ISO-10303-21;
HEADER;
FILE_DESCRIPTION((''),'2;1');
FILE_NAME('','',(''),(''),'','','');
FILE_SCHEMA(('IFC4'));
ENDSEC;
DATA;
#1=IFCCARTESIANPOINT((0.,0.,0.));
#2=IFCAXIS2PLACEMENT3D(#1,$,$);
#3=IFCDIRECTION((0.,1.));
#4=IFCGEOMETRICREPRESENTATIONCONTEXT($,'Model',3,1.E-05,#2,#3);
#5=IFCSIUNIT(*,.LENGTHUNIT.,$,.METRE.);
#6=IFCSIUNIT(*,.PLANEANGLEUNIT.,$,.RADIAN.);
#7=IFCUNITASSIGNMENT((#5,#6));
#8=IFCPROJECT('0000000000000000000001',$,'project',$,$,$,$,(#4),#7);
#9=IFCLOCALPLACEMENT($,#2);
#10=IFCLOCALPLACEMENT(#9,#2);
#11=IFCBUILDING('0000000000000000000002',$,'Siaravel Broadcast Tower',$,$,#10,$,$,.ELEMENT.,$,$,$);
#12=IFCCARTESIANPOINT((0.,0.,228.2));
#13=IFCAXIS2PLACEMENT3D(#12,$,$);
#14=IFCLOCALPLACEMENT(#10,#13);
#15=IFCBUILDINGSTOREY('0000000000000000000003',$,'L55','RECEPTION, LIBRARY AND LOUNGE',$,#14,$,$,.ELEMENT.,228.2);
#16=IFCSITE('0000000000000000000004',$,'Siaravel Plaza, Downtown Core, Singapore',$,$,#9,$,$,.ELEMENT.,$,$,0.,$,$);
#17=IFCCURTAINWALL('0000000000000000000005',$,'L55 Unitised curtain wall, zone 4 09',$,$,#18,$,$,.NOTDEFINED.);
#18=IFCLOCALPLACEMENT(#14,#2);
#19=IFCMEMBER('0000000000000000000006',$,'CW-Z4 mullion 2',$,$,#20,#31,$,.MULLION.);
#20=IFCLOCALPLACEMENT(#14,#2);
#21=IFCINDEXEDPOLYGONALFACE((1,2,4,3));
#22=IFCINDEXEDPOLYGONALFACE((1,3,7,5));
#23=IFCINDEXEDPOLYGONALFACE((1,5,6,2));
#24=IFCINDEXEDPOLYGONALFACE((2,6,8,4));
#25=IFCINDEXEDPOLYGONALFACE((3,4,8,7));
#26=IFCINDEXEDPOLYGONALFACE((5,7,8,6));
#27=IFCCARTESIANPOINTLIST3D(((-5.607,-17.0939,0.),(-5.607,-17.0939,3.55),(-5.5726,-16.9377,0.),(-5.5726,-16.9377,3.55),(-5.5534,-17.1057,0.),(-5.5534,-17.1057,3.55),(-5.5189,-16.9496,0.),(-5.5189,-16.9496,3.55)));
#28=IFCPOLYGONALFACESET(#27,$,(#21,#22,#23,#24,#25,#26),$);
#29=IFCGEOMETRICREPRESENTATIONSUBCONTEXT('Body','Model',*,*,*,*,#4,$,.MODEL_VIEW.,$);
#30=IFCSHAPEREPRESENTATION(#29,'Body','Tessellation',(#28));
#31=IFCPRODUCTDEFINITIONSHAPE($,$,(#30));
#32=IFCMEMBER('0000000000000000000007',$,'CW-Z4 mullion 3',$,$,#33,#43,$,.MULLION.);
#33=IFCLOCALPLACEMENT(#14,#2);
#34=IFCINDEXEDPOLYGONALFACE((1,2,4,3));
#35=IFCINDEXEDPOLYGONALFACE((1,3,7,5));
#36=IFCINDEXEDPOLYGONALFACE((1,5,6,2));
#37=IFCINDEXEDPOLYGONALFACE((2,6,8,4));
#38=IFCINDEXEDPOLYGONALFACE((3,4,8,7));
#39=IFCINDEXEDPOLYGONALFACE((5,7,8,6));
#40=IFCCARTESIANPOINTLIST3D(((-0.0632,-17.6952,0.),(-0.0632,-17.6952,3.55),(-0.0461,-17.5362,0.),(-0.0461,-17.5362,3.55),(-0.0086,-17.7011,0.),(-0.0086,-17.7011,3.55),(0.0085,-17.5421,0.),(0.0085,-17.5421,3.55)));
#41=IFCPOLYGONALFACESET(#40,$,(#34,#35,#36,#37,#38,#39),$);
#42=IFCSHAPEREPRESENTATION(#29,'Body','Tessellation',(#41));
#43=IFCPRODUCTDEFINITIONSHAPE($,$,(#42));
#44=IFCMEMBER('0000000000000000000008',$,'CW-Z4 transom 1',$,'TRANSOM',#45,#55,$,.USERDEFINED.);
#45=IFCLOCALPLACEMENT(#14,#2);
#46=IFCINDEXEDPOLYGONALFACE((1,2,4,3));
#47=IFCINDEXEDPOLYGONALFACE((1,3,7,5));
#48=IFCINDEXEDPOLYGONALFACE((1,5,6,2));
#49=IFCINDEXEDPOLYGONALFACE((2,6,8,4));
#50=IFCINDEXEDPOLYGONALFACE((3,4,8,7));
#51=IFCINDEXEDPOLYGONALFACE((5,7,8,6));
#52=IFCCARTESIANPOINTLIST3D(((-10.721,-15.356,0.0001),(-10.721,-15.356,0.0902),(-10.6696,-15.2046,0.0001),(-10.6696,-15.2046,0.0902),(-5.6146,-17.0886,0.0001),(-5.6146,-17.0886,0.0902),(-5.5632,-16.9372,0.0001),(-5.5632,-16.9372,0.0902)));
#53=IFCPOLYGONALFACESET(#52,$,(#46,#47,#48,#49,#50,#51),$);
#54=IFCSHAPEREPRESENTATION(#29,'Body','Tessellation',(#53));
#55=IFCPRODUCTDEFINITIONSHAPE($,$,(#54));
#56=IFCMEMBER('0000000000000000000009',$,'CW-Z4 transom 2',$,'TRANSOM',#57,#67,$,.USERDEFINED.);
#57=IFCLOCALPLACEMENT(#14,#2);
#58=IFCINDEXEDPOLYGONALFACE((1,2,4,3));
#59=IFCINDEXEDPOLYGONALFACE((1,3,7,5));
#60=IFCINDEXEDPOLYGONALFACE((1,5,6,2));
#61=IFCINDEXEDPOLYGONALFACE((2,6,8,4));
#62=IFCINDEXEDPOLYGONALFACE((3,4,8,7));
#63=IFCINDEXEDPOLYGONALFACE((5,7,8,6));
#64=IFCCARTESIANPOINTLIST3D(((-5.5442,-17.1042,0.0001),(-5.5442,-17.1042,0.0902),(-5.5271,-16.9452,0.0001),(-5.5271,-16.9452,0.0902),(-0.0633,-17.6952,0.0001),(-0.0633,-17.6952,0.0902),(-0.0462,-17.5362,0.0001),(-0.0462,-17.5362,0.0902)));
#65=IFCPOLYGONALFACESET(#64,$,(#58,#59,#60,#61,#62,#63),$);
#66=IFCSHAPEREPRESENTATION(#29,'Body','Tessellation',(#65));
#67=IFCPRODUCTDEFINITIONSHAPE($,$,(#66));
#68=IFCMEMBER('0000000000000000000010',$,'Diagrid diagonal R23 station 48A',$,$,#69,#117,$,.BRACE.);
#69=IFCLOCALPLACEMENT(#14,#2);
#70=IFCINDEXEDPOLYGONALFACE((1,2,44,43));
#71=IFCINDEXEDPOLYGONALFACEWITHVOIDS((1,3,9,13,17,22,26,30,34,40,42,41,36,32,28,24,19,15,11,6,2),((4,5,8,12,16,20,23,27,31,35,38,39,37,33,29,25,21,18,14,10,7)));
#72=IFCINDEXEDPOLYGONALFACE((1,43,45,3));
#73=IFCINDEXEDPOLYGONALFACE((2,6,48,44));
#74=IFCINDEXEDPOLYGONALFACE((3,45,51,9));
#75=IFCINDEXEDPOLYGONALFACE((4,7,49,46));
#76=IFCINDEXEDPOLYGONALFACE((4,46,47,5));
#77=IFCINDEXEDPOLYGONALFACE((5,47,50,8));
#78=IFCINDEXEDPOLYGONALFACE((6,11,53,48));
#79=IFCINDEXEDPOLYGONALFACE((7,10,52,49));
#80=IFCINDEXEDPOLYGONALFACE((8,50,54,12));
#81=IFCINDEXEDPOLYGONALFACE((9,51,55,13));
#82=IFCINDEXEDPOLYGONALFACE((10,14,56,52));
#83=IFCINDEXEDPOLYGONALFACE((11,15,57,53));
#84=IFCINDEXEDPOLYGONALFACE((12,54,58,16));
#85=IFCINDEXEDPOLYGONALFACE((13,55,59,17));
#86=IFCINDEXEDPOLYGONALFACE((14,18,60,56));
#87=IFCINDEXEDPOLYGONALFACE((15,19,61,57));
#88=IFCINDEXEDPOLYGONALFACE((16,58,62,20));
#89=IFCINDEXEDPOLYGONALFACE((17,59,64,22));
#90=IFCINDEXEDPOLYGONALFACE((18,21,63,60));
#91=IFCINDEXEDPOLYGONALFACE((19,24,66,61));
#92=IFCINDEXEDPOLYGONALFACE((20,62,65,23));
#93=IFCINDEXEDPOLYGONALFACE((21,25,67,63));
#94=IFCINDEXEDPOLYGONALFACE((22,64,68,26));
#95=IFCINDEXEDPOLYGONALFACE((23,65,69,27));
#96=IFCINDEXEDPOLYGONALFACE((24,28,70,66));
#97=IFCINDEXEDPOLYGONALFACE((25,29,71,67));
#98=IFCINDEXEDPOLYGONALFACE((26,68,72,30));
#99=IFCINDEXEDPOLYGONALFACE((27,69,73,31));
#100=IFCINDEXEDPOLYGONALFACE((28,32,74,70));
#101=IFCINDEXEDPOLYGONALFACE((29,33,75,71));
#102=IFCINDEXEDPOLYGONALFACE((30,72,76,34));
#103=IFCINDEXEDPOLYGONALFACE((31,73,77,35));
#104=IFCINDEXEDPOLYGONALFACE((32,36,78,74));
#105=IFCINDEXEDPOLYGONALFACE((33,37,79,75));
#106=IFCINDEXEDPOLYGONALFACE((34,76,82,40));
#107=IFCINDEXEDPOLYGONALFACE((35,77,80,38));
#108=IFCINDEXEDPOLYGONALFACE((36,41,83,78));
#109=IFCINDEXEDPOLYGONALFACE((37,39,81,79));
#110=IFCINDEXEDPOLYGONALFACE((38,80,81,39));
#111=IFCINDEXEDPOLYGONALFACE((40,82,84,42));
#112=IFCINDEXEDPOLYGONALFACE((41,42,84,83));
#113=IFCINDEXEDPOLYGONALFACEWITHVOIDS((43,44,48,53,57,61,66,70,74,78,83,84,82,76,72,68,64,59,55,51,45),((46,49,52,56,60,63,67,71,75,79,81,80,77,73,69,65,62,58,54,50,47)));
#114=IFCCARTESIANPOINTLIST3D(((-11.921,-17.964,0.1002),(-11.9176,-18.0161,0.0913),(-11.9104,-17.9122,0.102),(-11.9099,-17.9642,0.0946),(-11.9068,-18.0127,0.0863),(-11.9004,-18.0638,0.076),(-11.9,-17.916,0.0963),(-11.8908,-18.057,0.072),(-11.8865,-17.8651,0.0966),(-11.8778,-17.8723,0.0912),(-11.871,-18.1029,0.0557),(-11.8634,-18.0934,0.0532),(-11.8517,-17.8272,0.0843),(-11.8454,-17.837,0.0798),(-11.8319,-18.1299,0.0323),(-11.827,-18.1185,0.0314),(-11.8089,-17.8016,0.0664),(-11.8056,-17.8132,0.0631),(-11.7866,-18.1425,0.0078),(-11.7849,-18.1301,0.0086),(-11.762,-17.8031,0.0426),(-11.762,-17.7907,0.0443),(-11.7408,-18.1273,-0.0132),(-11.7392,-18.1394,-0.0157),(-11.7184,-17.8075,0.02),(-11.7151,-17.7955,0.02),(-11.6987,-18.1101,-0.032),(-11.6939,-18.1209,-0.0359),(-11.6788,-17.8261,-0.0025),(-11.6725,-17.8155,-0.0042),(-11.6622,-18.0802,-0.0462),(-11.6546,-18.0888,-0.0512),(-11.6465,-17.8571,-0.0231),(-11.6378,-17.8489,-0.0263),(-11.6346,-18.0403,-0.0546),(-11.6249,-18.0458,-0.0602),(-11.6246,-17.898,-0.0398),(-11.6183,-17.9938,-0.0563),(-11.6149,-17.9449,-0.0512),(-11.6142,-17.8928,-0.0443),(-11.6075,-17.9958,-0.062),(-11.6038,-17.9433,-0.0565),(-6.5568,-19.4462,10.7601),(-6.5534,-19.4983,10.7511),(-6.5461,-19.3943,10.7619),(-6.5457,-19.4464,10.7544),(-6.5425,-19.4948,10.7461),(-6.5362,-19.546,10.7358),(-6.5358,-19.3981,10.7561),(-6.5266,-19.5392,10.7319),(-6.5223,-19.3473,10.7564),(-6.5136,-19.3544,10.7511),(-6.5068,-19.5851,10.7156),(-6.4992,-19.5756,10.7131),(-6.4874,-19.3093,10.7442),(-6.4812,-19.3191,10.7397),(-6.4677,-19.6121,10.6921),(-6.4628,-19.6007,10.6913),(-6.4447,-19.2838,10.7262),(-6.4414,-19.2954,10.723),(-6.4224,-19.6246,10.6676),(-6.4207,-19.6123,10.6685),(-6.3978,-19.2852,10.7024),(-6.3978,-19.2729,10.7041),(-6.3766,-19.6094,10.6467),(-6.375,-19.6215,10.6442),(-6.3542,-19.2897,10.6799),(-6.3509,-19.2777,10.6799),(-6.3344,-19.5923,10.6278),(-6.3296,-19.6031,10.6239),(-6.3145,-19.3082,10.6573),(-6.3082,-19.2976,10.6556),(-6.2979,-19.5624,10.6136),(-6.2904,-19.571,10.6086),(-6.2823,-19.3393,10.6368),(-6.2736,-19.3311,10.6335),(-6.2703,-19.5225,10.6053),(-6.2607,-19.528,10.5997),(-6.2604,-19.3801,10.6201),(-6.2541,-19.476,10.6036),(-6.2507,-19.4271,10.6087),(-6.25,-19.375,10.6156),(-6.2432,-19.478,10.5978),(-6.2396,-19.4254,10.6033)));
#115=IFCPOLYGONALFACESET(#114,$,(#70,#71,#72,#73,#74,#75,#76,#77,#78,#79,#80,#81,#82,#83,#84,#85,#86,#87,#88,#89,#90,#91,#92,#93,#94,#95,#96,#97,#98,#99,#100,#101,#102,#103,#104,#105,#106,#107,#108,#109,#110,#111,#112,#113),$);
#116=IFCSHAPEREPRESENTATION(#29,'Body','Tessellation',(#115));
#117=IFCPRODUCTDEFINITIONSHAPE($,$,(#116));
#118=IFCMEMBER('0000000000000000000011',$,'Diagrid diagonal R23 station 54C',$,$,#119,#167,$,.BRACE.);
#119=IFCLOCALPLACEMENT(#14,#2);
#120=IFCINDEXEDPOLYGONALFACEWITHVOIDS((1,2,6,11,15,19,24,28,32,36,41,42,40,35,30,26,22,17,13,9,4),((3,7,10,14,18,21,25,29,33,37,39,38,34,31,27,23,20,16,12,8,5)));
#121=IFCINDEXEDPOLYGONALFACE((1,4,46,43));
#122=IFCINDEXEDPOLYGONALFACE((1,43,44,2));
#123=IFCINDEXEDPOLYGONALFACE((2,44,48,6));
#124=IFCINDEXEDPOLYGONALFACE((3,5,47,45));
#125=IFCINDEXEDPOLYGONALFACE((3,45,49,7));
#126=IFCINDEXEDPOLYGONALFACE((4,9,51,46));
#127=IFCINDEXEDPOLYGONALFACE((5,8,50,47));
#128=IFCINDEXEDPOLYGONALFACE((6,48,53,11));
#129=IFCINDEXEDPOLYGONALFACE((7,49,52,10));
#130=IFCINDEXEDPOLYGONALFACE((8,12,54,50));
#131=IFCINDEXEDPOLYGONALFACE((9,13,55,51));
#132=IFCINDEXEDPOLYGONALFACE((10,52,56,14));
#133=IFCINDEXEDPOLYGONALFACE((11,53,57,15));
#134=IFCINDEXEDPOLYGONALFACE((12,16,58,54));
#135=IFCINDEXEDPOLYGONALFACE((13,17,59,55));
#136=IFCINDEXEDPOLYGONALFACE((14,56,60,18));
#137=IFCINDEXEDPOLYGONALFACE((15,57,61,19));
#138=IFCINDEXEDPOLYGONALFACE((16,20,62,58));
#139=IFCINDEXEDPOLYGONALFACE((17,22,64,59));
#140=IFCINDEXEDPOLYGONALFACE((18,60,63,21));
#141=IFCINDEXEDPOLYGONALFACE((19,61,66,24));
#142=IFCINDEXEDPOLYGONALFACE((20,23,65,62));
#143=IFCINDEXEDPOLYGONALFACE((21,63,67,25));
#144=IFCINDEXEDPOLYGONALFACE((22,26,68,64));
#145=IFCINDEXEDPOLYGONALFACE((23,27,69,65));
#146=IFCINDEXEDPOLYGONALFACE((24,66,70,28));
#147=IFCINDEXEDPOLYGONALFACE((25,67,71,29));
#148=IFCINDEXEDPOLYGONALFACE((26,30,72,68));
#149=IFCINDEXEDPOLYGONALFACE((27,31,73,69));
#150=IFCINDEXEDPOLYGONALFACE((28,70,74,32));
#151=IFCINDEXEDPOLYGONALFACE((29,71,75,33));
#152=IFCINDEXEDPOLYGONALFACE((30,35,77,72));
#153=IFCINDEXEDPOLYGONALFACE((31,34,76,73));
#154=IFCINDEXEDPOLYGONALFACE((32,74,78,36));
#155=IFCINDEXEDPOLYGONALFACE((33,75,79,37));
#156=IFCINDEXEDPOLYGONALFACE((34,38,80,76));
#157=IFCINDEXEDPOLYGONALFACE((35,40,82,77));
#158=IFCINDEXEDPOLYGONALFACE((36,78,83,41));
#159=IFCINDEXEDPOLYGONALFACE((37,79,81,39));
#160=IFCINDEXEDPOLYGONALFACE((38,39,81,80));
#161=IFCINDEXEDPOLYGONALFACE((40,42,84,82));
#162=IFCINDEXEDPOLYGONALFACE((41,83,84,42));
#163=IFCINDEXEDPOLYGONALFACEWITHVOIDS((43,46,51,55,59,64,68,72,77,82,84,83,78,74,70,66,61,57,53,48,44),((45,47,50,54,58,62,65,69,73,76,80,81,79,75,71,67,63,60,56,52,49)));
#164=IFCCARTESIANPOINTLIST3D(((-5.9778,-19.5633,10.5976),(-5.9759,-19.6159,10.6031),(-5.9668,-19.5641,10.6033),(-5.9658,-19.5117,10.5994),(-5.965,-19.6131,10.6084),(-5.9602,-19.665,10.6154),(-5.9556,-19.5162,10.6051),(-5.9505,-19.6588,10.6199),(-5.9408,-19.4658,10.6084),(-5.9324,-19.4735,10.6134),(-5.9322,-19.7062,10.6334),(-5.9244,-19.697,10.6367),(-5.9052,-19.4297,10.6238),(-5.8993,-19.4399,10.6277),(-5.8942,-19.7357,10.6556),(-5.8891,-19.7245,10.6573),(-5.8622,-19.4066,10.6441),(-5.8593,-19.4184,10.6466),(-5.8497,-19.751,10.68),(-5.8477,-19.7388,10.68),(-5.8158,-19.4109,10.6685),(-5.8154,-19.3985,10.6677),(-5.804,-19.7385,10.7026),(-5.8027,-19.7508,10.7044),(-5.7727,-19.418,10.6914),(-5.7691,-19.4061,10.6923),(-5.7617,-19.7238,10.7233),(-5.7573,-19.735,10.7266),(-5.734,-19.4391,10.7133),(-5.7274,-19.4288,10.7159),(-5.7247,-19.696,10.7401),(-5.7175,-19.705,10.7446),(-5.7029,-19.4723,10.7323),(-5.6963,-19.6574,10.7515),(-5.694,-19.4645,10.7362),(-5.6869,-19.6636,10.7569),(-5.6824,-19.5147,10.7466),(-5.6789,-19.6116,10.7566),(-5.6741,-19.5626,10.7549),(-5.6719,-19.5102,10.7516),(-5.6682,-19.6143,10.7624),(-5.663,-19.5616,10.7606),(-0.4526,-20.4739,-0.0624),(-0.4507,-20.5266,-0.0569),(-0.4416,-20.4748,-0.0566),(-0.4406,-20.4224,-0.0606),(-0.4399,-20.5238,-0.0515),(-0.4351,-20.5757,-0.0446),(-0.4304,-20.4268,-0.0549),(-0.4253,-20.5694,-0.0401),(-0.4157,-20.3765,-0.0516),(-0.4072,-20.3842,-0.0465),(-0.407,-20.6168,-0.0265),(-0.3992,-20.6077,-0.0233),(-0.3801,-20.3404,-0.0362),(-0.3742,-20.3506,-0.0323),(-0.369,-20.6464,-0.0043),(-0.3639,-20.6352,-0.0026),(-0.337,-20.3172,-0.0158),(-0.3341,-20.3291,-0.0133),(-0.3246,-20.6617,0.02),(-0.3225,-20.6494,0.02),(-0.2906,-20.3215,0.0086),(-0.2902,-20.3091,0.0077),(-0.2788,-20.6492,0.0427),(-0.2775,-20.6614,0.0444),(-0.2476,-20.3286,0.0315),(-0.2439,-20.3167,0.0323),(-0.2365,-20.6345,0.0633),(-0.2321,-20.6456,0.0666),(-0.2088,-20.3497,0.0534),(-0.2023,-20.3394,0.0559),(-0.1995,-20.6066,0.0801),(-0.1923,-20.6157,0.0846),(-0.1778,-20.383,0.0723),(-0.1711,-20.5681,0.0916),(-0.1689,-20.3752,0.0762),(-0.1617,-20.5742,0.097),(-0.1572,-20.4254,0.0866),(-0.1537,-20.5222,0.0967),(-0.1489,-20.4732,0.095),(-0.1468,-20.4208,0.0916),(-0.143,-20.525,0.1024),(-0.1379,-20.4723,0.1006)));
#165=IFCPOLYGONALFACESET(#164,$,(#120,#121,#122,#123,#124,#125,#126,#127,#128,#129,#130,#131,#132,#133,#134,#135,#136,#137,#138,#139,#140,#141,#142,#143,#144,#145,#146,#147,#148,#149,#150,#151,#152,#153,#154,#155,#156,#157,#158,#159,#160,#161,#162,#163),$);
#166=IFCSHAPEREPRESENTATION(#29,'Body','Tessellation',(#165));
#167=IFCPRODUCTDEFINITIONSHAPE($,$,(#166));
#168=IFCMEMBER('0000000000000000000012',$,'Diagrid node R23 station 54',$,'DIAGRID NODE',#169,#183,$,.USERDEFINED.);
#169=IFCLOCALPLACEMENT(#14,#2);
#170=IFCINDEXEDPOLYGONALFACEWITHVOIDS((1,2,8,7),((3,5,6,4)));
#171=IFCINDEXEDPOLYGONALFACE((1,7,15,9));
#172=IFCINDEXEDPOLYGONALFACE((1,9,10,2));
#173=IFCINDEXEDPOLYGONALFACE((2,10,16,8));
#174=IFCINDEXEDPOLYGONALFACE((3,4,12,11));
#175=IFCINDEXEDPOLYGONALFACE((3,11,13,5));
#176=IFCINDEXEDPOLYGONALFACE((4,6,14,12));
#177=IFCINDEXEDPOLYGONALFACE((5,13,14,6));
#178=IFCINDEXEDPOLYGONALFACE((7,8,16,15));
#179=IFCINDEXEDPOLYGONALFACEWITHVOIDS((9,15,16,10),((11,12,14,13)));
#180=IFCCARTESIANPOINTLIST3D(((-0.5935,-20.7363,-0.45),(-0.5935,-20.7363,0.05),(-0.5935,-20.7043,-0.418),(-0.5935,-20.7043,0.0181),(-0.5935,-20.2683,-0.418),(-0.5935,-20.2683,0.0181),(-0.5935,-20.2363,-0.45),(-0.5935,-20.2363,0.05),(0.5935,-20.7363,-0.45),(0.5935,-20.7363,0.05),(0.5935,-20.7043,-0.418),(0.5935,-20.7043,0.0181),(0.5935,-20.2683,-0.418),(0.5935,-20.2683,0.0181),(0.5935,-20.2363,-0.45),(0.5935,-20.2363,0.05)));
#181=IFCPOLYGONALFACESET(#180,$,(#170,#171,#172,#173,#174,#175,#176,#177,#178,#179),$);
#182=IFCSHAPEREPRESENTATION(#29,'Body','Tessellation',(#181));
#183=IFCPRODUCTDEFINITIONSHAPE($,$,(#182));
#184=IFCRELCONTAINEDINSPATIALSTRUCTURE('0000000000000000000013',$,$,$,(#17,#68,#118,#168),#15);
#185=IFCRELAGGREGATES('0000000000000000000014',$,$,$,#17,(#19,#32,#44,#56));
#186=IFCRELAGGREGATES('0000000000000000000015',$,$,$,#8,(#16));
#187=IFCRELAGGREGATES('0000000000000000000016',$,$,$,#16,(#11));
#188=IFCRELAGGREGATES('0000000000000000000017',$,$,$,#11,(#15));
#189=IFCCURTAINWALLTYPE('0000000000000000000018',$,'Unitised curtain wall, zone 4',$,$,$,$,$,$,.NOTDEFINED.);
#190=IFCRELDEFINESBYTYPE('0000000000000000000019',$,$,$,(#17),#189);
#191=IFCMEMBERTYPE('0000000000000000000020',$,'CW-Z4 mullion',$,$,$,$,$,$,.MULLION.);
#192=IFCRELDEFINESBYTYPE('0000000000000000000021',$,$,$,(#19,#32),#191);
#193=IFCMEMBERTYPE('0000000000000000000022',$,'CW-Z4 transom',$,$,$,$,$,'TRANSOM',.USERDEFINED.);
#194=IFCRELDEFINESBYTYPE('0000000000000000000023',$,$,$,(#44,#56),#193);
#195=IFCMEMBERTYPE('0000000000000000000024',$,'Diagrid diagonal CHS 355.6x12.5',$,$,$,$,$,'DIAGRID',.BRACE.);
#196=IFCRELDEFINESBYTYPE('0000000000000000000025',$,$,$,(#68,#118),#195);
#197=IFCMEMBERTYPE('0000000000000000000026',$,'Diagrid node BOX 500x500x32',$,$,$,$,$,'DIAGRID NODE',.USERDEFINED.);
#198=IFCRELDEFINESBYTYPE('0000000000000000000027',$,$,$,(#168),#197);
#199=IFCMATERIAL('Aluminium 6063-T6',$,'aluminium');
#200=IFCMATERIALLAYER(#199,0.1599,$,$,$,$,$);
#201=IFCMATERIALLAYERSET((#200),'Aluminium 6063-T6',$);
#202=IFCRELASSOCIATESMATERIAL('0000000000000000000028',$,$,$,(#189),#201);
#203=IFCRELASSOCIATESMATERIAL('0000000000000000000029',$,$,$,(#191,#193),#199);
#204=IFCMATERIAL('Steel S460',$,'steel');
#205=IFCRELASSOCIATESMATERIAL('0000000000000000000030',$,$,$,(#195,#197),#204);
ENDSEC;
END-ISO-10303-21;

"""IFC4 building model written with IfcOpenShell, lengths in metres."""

from ifc_helpers import new_model, si_unit, direction, frame, origin, origin_2d, place, context, subcontext, project, spatial, rectangle, hollow_rectangle, hollow_circle, extrude, material, layer, layer_set, material_profile, profile_set, type_object, element, aggregate, save


model = new_model("IFC4")

# Units and contexts
model_context = context("Model", 3, precision=1e-05, world=origin(), true_north=direction((0.0, 1.0)))
body_context = subcontext(model_context, "Body", "Model", "MODEL_VIEW")
ifc_project = project(units=[si_unit("LENGTHUNIT", "METRE"), si_unit("PLANEANGLEUNIT", "RADIAN")], contexts=[model_context])

# Site, building, storey
site_placement = place(None, origin())
site = spatial("IfcSite", under=ifc_project, at=site_placement, Name="Siaravel Plaza, Downtown Core, Singapore", CompositionType="ELEMENT", RefElevation=0.0)
building_placement = place(site_placement, origin())
building = spatial("IfcBuilding", under=site, at=building_placement, Name="Siaravel Broadcast Tower", CompositionType="ELEMENT")
storey_placement = place(building_placement, frame((0.0, 0.0, 228.2)))
storey = spatial("IfcBuildingStorey", under=building, at=storey_placement, Name="L55", Description="RECEPTION, LIBRARY AND LOUNGE", CompositionType="ELEMENT", Elevation=228.2)

# Curtain wall, members
ifc_material_1 = material(Name="Aluminium 6063-T6", Category="aluminium")
ifc_layer_1 = layer(ifc_material_1, 0.1599)
ifc_layer_set_1 = layer_set([ifc_layer_1], Name="Aluminium 6063-T6")
curtain_wall_type = type_object("IfcCurtainWallType", Name="Unitised curtain wall, zone 4", PredefinedType="NOTDEFINED", material=ifc_layer_set_1)
curtain_wall_placement = place(storey_placement, origin())
curtain_wall = element("IfcCurtainWall", 1, at=curtain_wall_placement, inside=storey, type_object=curtain_wall_type, Name="L55 Unitised curtain wall, zone 4 09", PredefinedType="NOTDEFINED")
ifc_material_profile_1 = material_profile(ifc_material_1, rectangle(XDim=0.1599, YDim=0.0549, at=origin_2d()))
ifc_profile_set_1 = profile_set([ifc_material_profile_1], Name="Aluminium 6063-T6")
member_type_1 = type_object("IfcMemberType", Name="CW-Z4 mullion", PredefinedType="MULLION", material=ifc_profile_set_1)
member_1_placement = place(storey_placement, frame((-5.563, -17.0217, 0.0), z_axis=(0.0, 0.0, 1.0), x_axis=(0.215559, 0.976491, 0.0)))
member_1 = element("IfcMember", 2, at=member_1_placement, type_object=member_type_1, Name="CW-Z4 mullion 2", PredefinedType="MULLION", context=body_context, shape_type="SweptSolid", body=[
    extrude(rectangle(XDim=0.1599, YDim=0.0549, at=origin_2d()), origin(), (0.0, 0.0, 1.0), 3.55),
])
member_2_placement = place(storey_placement, frame((-0.0273, -17.6187, 0.0), z_axis=(0.0, 0.0, 1.0), x_axis=(0.107218, 0.994236, 0.0)))
member_2 = element("IfcMember", 3, at=member_2_placement, type_object=member_type_1, Name="CW-Z4 mullion 3", PredefinedType="MULLION", context=body_context, shape_type="SweptSolid", body=[
    extrude(rectangle(XDim=0.1599, YDim=0.0549, at=origin_2d()), origin(), (0.0, 0.0, 1.0), 3.55),
])
ifc_material_profile_2 = material_profile(ifc_material_1, rectangle(XDim=0.1599, YDim=0.0901, at=origin_2d()))
ifc_profile_set_2 = profile_set([ifc_material_profile_2], Name="Aluminium 6063-T6")
member_type_2 = type_object("IfcMemberType", Name="CW-Z4 transom", ElementType="TRANSOM", PredefinedType="USERDEFINED", material=ifc_profile_set_2)
member_3_placement = place(storey_placement, frame((-10.6953, -15.2803, 0.0452), z_axis=(0.946972, -0.321317, 0.0), x_axis=(0.321317, 0.946972, 0.0)))
member_3 = element("IfcMember", 4, at=member_3_placement, type_object=member_type_2, Name="CW-Z4 transom 1", ObjectType="TRANSOM", PredefinedType="USERDEFINED", context=body_context, shape_type="SweptSolid", body=[
    extrude(rectangle(XDim=0.1599, YDim=0.0901, at=origin_2d()), origin(), (0.0, 0.0, 1.0), 5.3923),
])
member_4_placement = place(storey_placement, frame((-5.5356, -17.0247, 0.0452), z_axis=(0.994236, -0.107218, 0.0), x_axis=(0.107218, 0.994236, 0.0)))
member_4 = element("IfcMember", 5, at=member_4_placement, type_object=member_type_2, Name="CW-Z4 transom 2", ObjectType="TRANSOM", PredefinedType="USERDEFINED", context=body_context, shape_type="SweptSolid", body=[
    extrude(rectangle(XDim=0.1599, YDim=0.0901, at=origin_2d()), origin(), (0.0, 0.0, 1.0), 5.5127),
])

# Members
ifc_material_2 = material(Name="Steel S460", Category="steel")
ifc_material_profile_3 = material_profile(ifc_material_2, hollow_circle(Radius=0.1777, WallThickness=0.0125, at=origin_2d()))
ifc_profile_set_3 = profile_set([ifc_material_profile_3], Name="Steel S460")
member_type_3 = type_object("IfcMemberType", Name="Diagrid diagonal CHS 355.6x12.5", ElementType="DIAGRID", PredefinedType="BRACE", material=ifc_profile_set_3)
member_5_placement = place(storey_placement, frame((-11.7625, -17.9668, 0.02), z_axis=(0.446084, -0.123256, 0.886463), x_axis=(0.266327, 0.963883, 0.0)))
element("IfcMember", 6, at=member_5_placement, inside=storey, type_object=member_type_3, Name="Diagrid diagonal R23 station 48A", PredefinedType="BRACE", context=body_context, shape_type="SweptSolid", body=[
    extrude(hollow_circle(Radius=0.1777, WallThickness=0.0125, at=origin_2d()), origin(), (0.0, 0.0, 1.0), 12.0251),
])
member_6_placement = place(storey_placement, frame((-0.2957, -20.4863, 0.02), z_axis=(-0.458854, 0.075627, 0.885287), x_axis=(-0.162624, -0.986688, 0.0)))
element("IfcMember", 7, at=member_6_placement, inside=storey, type_object=member_type_3, Name="Diagrid diagonal R23 station 54C", PredefinedType="BRACE", context=body_context, shape_type="SweptSolid", body=[
    extrude(hollow_circle(Radius=0.1777, WallThickness=0.0125, at=origin_2d()), origin(), (0.0, 0.0, 1.0), 12.0413),
])
ifc_material_profile_4 = material_profile(ifc_material_2, hollow_rectangle(XDim=0.5, YDim=0.5, WallThickness=0.032, at=origin_2d()))
ifc_profile_set_4 = profile_set([ifc_material_profile_4], Name="Steel S460")
member_type_4 = type_object("IfcMemberType", Name="Diagrid node BOX 500x500x32", ElementType="DIAGRID NODE", PredefinedType="USERDEFINED", material=ifc_profile_set_4)
member_7_placement = place(storey_placement, frame((-0.5935, -20.4863, -0.2), z_axis=(1.0, 0.0, 0.0), x_axis=(0.0, 1.0, 0.0)))
element("IfcMember", 8, at=member_7_placement, inside=storey, type_object=member_type_4, Name="Diagrid node R23 station 54", ObjectType="DIAGRID NODE", PredefinedType="USERDEFINED", context=body_context, shape_type="SweptSolid", body=[
    extrude(hollow_rectangle(XDim=0.5, YDim=0.5, WallThickness=0.032, at=origin_2d()), origin(), (0.0, 0.0, 1.0), 1.187),
])

aggregate(curtain_wall, [member_1, member_2, member_3, member_4])

save(model, "model.ifc")
